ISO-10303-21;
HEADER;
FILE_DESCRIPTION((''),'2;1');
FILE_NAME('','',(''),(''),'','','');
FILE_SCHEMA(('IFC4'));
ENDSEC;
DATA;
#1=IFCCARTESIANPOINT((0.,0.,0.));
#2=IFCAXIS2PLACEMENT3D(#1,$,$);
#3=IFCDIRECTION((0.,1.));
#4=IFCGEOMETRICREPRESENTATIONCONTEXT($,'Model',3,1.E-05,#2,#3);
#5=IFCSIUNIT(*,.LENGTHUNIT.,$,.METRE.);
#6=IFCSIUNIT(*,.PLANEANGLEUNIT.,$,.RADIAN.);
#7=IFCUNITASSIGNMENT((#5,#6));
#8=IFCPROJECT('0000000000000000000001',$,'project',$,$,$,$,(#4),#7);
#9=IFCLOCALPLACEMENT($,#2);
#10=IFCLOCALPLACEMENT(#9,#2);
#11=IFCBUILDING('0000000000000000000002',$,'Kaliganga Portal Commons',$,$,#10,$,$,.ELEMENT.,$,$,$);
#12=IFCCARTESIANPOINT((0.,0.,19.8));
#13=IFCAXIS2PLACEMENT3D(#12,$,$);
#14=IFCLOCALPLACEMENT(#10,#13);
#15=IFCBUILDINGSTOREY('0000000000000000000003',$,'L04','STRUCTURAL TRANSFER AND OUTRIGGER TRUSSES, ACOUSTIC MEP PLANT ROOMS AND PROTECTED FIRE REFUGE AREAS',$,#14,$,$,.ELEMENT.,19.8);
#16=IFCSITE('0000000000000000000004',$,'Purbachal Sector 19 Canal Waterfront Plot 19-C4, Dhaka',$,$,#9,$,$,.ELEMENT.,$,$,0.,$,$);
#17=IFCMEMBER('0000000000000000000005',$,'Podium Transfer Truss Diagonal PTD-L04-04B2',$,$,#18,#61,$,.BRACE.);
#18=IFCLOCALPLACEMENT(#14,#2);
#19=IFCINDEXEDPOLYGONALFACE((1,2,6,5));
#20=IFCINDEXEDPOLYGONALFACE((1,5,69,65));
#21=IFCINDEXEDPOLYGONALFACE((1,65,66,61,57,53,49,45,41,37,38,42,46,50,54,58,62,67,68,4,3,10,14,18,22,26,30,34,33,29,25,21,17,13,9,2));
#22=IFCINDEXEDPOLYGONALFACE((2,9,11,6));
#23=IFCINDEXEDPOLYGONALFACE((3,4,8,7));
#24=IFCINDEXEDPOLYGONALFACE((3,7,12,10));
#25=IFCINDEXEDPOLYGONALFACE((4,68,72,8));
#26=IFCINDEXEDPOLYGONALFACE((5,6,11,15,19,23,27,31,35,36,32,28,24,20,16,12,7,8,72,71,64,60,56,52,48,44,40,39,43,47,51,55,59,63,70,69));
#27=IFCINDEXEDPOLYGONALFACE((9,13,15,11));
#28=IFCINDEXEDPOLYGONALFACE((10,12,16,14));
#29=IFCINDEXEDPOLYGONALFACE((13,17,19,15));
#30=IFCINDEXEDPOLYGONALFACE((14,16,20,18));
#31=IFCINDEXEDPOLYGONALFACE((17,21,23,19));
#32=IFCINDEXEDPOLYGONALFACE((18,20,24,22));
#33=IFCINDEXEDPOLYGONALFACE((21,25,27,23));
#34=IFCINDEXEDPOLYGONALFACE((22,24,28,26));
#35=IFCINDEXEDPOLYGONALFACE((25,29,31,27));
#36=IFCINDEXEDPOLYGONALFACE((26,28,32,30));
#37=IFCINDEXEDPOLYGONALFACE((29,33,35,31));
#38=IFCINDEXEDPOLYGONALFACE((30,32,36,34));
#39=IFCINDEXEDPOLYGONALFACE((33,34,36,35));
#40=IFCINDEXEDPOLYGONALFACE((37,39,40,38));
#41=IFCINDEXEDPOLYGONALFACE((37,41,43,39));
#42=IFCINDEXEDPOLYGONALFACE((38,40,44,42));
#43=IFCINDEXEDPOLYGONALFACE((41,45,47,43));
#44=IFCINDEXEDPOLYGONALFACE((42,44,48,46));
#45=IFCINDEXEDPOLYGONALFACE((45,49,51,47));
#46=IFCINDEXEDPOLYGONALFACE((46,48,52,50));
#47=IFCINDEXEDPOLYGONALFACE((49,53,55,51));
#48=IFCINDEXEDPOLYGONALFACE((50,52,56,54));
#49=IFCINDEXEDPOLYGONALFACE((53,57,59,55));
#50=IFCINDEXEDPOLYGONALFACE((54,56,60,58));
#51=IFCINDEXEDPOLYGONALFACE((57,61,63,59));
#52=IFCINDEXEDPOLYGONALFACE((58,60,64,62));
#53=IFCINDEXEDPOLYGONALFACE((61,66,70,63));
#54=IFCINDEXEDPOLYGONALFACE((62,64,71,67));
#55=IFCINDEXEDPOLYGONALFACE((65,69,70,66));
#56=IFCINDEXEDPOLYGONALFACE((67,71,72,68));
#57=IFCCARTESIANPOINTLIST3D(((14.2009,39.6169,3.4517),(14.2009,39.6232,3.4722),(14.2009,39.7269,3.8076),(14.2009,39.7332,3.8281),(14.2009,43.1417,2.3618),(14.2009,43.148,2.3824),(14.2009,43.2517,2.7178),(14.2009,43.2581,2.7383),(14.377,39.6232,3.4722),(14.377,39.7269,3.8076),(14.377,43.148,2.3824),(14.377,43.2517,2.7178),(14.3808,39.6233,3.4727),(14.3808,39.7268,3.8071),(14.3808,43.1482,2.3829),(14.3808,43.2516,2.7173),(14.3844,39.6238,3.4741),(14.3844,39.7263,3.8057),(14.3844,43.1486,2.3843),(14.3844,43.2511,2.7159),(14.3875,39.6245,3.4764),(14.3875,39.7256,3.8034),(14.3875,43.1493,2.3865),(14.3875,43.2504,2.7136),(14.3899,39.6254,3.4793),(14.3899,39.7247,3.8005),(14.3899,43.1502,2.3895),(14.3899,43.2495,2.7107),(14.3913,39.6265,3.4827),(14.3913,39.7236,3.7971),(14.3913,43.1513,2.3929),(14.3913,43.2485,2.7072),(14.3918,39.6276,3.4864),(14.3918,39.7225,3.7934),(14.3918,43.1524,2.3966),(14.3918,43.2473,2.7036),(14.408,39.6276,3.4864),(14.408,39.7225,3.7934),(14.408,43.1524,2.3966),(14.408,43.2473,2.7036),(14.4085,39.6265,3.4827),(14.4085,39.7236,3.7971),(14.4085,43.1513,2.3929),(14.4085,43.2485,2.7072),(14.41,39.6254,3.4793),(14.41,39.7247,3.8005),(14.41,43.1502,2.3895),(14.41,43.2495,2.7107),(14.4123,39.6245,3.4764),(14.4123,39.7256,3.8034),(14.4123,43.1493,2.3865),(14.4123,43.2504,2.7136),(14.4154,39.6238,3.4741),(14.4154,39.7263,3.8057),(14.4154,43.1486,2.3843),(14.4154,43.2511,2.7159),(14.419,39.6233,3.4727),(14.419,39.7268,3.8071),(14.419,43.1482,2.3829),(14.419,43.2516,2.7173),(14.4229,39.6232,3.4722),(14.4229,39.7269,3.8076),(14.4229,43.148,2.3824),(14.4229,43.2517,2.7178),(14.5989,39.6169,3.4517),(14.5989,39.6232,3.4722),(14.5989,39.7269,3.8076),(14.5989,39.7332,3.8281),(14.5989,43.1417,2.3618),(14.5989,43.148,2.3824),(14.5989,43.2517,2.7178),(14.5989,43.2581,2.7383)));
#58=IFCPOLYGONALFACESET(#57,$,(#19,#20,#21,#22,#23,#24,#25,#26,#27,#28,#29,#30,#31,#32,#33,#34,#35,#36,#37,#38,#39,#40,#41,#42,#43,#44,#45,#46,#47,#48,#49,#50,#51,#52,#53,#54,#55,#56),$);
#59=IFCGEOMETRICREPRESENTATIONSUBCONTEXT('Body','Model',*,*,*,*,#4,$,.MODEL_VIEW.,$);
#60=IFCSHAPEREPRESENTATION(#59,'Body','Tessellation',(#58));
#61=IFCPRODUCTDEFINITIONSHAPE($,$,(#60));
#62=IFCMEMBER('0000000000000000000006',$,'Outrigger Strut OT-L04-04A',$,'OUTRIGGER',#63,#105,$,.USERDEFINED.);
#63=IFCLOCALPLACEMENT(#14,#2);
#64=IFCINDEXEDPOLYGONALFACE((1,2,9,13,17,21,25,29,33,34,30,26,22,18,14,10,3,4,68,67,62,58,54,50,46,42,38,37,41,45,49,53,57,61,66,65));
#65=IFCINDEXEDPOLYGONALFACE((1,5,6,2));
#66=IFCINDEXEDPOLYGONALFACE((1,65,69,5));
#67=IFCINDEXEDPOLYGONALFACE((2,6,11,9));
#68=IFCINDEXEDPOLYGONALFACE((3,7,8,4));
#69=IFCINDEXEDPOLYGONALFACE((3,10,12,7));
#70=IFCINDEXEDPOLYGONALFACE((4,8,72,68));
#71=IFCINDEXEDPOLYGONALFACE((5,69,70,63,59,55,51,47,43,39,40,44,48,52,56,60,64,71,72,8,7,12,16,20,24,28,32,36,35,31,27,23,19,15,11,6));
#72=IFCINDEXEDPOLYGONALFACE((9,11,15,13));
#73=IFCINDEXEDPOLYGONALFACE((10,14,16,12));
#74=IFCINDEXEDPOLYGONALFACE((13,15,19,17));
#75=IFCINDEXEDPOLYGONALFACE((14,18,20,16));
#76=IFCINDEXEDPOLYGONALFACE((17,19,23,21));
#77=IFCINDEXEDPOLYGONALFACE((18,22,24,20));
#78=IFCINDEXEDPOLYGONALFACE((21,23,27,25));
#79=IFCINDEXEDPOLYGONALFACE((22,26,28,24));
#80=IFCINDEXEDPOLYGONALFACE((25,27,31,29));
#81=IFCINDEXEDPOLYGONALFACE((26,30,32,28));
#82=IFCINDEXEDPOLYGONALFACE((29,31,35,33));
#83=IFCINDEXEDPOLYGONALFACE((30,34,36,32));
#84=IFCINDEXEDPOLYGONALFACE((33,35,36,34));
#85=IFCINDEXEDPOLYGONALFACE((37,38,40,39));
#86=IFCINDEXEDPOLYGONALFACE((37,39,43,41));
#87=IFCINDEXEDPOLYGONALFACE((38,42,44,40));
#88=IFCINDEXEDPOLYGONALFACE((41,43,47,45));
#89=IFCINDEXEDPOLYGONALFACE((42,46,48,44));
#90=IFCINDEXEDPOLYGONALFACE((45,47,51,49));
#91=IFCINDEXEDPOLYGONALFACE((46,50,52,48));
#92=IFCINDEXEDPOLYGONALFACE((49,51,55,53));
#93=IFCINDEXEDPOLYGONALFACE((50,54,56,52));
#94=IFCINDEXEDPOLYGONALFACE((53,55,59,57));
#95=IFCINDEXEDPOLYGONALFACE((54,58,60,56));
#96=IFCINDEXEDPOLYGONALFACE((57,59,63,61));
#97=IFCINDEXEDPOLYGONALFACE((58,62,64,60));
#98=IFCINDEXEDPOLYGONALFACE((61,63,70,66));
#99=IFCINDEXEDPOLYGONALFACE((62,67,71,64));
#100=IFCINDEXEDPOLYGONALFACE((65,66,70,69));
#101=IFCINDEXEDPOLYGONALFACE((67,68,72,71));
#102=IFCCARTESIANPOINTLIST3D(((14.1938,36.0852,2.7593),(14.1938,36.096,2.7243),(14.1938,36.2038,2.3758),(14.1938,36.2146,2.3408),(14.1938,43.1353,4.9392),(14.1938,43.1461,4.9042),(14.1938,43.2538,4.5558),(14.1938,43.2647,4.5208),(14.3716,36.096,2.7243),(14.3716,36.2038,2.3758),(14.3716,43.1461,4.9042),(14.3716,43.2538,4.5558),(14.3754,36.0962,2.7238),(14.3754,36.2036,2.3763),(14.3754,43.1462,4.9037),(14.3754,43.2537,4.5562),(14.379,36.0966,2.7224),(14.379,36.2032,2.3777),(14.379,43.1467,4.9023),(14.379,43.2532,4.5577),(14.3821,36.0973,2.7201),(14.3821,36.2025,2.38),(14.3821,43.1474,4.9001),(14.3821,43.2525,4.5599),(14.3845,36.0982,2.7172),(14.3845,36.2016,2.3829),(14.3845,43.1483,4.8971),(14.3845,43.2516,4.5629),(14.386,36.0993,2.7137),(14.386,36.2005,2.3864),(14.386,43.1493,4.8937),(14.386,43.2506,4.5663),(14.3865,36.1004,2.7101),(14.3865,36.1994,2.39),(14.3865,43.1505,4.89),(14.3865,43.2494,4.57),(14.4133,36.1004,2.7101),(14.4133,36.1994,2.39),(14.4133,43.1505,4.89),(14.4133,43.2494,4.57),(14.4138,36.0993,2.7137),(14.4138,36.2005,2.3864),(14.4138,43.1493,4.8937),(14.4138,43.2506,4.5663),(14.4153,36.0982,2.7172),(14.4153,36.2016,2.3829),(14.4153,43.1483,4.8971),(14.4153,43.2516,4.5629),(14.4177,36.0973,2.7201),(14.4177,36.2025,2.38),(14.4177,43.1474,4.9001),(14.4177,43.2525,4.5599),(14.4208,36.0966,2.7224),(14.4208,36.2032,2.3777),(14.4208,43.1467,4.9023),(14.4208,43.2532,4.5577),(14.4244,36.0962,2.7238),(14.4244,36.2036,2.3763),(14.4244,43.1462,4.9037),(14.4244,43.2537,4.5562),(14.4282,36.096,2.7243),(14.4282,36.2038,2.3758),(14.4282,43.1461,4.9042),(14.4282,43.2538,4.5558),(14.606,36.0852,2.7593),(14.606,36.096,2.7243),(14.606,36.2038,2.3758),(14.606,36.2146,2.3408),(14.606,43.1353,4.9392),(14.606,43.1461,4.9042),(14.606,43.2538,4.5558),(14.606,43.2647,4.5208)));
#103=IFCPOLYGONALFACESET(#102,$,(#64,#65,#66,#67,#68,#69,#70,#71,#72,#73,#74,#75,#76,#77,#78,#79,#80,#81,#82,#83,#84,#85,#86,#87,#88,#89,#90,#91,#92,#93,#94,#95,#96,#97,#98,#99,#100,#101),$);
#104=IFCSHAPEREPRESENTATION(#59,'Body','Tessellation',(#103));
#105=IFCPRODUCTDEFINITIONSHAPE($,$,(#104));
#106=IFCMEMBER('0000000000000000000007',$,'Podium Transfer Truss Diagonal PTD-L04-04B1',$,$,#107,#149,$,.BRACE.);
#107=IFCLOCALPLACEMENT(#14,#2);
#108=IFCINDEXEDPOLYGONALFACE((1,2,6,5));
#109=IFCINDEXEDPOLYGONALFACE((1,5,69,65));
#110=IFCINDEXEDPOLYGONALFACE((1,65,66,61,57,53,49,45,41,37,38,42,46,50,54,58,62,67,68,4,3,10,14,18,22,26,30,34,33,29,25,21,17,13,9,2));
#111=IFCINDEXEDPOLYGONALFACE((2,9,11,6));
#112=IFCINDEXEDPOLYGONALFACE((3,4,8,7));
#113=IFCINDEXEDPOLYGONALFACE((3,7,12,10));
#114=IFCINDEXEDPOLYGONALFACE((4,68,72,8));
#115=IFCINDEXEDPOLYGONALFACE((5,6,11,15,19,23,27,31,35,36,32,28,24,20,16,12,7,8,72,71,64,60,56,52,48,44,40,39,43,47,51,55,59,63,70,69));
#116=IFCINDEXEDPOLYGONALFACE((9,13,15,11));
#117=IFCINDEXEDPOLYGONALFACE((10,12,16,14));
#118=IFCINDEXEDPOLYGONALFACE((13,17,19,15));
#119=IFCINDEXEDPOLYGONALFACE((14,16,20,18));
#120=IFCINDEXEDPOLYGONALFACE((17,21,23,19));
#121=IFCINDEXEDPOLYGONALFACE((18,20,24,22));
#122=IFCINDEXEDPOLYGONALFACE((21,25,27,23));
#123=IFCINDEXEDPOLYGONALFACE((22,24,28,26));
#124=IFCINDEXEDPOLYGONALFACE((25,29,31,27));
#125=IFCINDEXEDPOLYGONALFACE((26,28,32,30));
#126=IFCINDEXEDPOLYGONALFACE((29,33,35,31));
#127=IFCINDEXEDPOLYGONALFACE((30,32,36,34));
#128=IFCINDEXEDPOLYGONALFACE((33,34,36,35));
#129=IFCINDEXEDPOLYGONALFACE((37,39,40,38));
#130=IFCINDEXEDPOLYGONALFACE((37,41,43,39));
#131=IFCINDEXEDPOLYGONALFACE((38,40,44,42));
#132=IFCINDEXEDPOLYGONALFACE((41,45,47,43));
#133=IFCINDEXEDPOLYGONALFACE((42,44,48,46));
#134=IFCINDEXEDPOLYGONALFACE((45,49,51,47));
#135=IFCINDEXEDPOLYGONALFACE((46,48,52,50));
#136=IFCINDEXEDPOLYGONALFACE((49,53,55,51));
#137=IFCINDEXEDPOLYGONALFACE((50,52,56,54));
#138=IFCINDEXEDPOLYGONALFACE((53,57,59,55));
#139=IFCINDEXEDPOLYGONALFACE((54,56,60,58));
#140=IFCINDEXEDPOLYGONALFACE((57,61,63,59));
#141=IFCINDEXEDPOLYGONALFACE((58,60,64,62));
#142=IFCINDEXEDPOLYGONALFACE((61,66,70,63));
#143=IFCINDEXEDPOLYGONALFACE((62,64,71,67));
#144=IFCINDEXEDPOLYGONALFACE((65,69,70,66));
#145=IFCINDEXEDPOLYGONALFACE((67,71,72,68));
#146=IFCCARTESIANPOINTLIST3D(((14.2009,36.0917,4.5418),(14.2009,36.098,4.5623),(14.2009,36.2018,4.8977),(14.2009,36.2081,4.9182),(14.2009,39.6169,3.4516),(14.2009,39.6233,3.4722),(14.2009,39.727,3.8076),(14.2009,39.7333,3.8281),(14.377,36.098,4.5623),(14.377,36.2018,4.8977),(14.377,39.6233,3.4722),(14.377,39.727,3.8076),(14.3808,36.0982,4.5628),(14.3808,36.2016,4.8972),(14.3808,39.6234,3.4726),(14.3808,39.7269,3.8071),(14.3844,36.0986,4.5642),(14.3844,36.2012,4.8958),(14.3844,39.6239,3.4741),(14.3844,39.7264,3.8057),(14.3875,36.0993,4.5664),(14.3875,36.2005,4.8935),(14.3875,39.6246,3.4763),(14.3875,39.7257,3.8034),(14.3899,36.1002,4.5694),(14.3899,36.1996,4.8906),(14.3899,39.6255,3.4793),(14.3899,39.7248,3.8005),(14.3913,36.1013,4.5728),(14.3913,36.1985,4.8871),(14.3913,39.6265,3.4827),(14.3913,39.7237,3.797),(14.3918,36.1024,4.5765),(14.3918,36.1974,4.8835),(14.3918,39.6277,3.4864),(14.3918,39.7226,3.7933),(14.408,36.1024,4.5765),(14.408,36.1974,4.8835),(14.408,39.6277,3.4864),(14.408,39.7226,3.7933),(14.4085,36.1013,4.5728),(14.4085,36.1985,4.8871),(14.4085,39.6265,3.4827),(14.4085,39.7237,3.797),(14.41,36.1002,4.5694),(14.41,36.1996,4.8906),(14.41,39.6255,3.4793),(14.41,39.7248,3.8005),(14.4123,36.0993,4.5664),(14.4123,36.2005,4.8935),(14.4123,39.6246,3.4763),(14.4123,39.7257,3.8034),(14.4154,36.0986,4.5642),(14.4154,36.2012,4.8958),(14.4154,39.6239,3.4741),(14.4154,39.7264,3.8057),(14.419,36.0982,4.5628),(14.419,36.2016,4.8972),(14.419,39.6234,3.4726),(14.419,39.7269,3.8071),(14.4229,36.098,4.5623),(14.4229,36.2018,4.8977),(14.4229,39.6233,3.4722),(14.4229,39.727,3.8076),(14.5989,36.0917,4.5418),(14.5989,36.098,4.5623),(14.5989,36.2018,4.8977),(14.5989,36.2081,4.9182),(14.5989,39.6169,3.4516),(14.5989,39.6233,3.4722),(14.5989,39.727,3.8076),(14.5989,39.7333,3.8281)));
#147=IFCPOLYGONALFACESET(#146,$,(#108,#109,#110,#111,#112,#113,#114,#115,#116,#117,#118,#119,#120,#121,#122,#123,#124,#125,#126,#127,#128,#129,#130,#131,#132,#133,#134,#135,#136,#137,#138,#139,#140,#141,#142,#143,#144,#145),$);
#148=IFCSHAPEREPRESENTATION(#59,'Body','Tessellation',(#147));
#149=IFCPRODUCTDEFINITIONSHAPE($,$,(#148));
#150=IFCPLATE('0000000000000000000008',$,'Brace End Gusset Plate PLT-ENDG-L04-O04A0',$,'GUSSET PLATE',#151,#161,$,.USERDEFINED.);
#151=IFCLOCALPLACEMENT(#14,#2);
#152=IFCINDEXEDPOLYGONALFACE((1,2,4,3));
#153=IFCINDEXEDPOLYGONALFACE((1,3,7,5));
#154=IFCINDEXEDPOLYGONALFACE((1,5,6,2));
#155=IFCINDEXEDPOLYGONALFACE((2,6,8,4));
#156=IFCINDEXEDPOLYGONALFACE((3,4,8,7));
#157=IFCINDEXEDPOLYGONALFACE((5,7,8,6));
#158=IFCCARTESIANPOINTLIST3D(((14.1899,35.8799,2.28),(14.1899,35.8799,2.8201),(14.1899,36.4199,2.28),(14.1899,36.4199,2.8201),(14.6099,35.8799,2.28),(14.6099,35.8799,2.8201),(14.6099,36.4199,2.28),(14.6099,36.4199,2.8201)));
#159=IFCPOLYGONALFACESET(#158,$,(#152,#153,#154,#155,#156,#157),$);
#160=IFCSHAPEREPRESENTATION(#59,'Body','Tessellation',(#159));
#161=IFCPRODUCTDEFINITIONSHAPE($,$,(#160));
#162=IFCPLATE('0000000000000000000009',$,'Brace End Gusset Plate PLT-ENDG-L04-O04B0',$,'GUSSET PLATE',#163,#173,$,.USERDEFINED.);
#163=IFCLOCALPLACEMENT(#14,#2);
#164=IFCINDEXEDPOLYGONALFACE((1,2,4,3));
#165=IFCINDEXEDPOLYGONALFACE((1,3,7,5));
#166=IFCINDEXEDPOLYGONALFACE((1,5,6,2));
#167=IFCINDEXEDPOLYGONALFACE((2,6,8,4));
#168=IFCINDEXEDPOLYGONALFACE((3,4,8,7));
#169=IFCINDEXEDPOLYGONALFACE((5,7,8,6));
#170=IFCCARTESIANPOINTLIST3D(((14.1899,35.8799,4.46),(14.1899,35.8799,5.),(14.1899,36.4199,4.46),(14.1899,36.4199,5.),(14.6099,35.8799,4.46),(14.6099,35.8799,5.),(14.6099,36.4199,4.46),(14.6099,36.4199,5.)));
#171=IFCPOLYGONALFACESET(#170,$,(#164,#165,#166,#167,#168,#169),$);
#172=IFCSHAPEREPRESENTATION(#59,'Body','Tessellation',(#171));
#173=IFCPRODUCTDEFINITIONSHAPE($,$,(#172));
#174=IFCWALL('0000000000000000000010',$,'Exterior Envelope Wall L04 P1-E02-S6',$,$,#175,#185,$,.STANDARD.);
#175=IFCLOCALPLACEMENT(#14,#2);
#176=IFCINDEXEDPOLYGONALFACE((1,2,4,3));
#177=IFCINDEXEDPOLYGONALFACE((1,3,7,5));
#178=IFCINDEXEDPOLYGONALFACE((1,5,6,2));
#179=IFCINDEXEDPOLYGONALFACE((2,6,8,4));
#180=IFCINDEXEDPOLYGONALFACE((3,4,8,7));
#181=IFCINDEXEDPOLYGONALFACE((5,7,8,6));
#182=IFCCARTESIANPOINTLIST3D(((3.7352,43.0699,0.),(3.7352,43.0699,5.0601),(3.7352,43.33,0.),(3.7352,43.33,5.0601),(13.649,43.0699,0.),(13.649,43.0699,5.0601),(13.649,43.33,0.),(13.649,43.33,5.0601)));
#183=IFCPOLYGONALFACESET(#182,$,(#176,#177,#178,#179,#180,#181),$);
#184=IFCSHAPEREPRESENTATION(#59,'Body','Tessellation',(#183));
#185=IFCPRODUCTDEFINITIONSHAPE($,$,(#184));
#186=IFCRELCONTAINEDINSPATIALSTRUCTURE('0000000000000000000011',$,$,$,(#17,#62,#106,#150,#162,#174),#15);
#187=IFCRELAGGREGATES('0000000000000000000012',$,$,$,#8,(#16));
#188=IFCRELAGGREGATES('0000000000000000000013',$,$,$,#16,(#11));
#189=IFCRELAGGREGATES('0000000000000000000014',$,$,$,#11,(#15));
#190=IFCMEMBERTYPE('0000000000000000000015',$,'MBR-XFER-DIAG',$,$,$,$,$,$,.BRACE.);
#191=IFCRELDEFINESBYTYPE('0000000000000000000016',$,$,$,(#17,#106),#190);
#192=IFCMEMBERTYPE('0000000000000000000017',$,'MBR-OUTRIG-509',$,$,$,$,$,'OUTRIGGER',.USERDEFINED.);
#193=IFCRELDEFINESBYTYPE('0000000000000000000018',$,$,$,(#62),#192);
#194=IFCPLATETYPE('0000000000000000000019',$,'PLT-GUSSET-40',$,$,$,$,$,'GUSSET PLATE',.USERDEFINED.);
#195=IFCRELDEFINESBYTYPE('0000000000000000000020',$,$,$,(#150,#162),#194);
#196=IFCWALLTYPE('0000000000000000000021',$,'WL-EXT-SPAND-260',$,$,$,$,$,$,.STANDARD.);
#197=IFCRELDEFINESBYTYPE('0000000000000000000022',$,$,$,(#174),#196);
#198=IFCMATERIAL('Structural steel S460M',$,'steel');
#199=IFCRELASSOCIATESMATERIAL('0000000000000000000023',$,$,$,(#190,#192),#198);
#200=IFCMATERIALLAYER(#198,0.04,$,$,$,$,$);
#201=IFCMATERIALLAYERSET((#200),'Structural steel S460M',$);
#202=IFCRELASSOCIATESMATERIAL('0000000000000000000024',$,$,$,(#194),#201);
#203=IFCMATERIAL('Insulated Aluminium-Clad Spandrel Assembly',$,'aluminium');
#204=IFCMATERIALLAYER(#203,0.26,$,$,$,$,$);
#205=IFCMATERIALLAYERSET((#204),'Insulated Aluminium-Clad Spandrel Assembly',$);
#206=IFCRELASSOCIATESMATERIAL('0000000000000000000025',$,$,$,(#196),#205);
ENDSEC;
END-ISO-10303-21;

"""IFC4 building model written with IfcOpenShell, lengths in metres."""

from ifc_helpers import new_model, si_unit, direction, frame, frame_2d, origin, origin_2d, place, context, subcontext, project, spatial, rectangle, i_section, extrude, source, transform, mapped, material, layer, layer_set, material_profile, profile_set, type_object, element, save


model = new_model("IFC4")

# Units and contexts
model_context = context("Model", 3, precision=1e-05, world=origin(), true_north=direction((0.0, 1.0)))
body_context = subcontext(model_context, "Body", "Model", "MODEL_VIEW")
ifc_project = project(units=[si_unit("LENGTHUNIT", "METRE"), si_unit("PLANEANGLEUNIT", "RADIAN")], contexts=[model_context])

# Site, building, storey
site_placement = place(None, origin())
site = spatial("IfcSite", under=ifc_project, at=site_placement, Name="Purbachal Sector 19 Canal Waterfront Plot 19-C4, Dhaka", CompositionType="ELEMENT", RefElevation=0.0)
building_placement = place(site_placement, origin())
building = spatial("IfcBuilding", under=site, at=building_placement, Name="Kaliganga Portal Commons", CompositionType="ELEMENT")
storey_placement = place(building_placement, frame((0.0, 0.0, 19.8)))
storey = spatial("IfcBuildingStorey", under=building, at=storey_placement, Name="L04", Description="STRUCTURAL TRANSFER AND OUTRIGGER TRUSSES, ACOUSTIC MEP PLANT ROOMS AND PROTECTED FIRE REFUGE AREAS", CompositionType="ELEMENT", Elevation=19.8)

# Members
ifc_material_1 = material(Name="Structural steel S460M", Category="steel")
ifc_material_profile_1 = material_profile(ifc_material_1, i_section(OverallWidth=0.3979, OverallDepth=0.394, WebThickness=0.0161, FlangeThickness=0.0215, FilletRadius=0.0149, at=origin_2d()), Name="HD 400x262")
ifc_profile_set_1 = profile_set([ifc_material_profile_1], Name="Structural steel S460M wide-flange")
member_type_1 = type_object("IfcMemberType", Name="MBR-XFER-DIAG", PredefinedType="BRACE", material=ifc_profile_set_1)
shared_shape_1 = source(origin(), body_context, "Body", "SweptSolid", [
    extrude(i_section(OverallWidth=0.3979, OverallDepth=0.394, WebThickness=0.0161, FlangeThickness=0.0215, FilletRadius=0.0149, at=origin_2d()), origin(), (0.0, 0.0, 1.0), 3.6895),
])
member_1_placement = place(storey_placement, frame((14.3999, 39.675, 3.6399), z_axis=(0.0, 0.955378, -0.295388), x_axis=(-1.0, 0.0, 0.0)))
element("IfcMember", 1, at=member_1_placement, inside=storey, type_object=member_type_1, Name="Podium Transfer Truss Diagonal PTD-L04-04B2", PredefinedType="BRACE", context=body_context, shape_type="MappedRepresentation", body=[
    mapped(shared_shape_1, transform((0.0, 0.0, 0.0), x_axis=(1.0, 0.0, 0.0), y_axis=(0.0, 1.0, 0.0), z_axis=(0.0, 0.0, 1.0), scale=1.0)),
])
ifc_material_profile_2 = material_profile(ifc_material_1, i_section(OverallWidth=0.4121, OverallDepth=0.438, WebThickness=0.0269, FlangeThickness=0.0366, FilletRadius=0.0149, at=origin_2d()), Name="HD 400x463")
ifc_profile_set_2 = profile_set([ifc_material_profile_2], Name="Structural steel S460M wide-flange")
member_type_2 = type_object("IfcMemberType", Name="MBR-OUTRIG-509", ElementType="OUTRIGGER", PredefinedType="USERDEFINED", material=ifc_profile_set_2)
shared_shape_2 = source(origin(), body_context, "Body", "SweptSolid", [
    extrude(i_section(OverallWidth=0.4121, OverallDepth=0.438, WebThickness=0.0269, FlangeThickness=0.0366, FilletRadius=0.0149, at=origin_2d()), origin(), (0.0, 0.0, 1.0), 7.3794),
])
member_2_placement = place(storey_placement, frame((14.3999, 36.1499, 2.55), z_axis=(0.0, 0.955371, 0.295408), x_axis=(-1.0, 0.0, 0.0)))
element("IfcMember", 2, at=member_2_placement, inside=storey, type_object=member_type_2, Name="Outrigger Strut OT-L04-04A", ObjectType="OUTRIGGER", PredefinedType="USERDEFINED", context=body_context, shape_type="MappedRepresentation", body=[
    mapped(shared_shape_2, transform((0.0, 0.0, 0.0), x_axis=(1.0, 0.0, 0.0), y_axis=(0.0, 1.0, 0.0), z_axis=(0.0, 0.0, 1.0), scale=1.0)),
])
shared_shape_3 = source(origin(), body_context, "Body", "SweptSolid", [
    extrude(i_section(OverallWidth=0.3979, OverallDepth=0.394, WebThickness=0.0161, FlangeThickness=0.0215, FilletRadius=0.0149, at=origin_2d()), origin(), (0.0, 0.0, 1.0), 3.6899),
])
member_3_placement = place(storey_placement, frame((14.3999, 36.1499, 4.73), z_axis=(0.0, 0.955365, -0.295429), x_axis=(-1.0, 0.0, 0.0)))
element("IfcMember", 3, at=member_3_placement, inside=storey, type_object=member_type_1, Name="Podium Transfer Truss Diagonal PTD-L04-04B1", PredefinedType="BRACE", context=body_context, shape_type="MappedRepresentation", body=[
    mapped(shared_shape_3, transform((0.0, 0.0, 0.0), x_axis=(1.0, 0.0, 0.0), y_axis=(0.0, 1.0, 0.0), z_axis=(0.0, 0.0, 1.0), scale=1.0)),
])

# Plates
ifc_layer_1 = layer(ifc_material_1, 0.04)
ifc_layer_set_1 = layer_set([ifc_layer_1], Name="Structural steel S460M")
plate_type = type_object("IfcPlateType", Name="PLT-GUSSET-40", ElementType="GUSSET PLATE", PredefinedType="USERDEFINED", material=ifc_layer_set_1)
shared_shape_4 = source(origin(), body_context, "Body", "SweptSolid", [
    extrude(rectangle(XDim=0.54, YDim=0.4199, at=origin_2d()), origin(), (0.0, 0.0, 1.0), 0.54),
])
for number, where, z_axis, x_axis, name in (
    (4, (14.3999, 36.1499, 2.28), (0.0, 0.0, 1.0), (0.0, 1.0, 0.0), "Brace End Gusset Plate PLT-ENDG-L04-O04A0"),
    (5, (14.3999, 36.1499, 4.46), (0.0, 0.0, 1.0), (0.0, 1.0, 0.0), "Brace End Gusset Plate PLT-ENDG-L04-O04B0"),
):
    element("IfcPlate", number, at=place(storey_placement, frame(where, z_axis=z_axis, x_axis=x_axis)), inside=storey, type_object=plate_type, Name=name, ObjectType="GUSSET PLATE", PredefinedType="USERDEFINED", context=body_context, shape_type="MappedRepresentation", body=[
        mapped(shared_shape_4, transform((0.0, 0.0, 0.0), x_axis=(1.0, 0.0, 0.0), y_axis=(0.0, 1.0, 0.0), z_axis=(0.0, 0.0, 1.0), scale=1.0)),
    ])

# Wall
ifc_material_2 = material(Name="Insulated Aluminium-Clad Spandrel Assembly", Category="aluminium")
ifc_layer_2 = layer(ifc_material_2, 0.26)
ifc_layer_set_2 = layer_set([ifc_layer_2], Name="Insulated Aluminium-Clad Spandrel Assembly")
wall_type_1 = type_object("IfcWallType", Name="WL-EXT-SPAND-260", PredefinedType="STANDARD", material=ifc_layer_set_2)
wall_1_placement = place(storey_placement, frame((3.7351, 43.2, 0.0), z_axis=(0.0, 0.0, 1.0), x_axis=(1.0, 0.0, 0.0)))
element("IfcWall", 6, at=wall_1_placement, inside=storey, type_object=wall_type_1, Name="Exterior Envelope Wall L04 P1-E02-S6", PredefinedType="STANDARD", context=body_context, shape_type="SweptSolid", body=[
    extrude(rectangle(XDim=9.9138, YDim=0.26, at=frame_2d((4.957, 0.0))), origin(), (0.0, 0.0, 1.0), 5.0601),
])

save(model, "model.ifc")
